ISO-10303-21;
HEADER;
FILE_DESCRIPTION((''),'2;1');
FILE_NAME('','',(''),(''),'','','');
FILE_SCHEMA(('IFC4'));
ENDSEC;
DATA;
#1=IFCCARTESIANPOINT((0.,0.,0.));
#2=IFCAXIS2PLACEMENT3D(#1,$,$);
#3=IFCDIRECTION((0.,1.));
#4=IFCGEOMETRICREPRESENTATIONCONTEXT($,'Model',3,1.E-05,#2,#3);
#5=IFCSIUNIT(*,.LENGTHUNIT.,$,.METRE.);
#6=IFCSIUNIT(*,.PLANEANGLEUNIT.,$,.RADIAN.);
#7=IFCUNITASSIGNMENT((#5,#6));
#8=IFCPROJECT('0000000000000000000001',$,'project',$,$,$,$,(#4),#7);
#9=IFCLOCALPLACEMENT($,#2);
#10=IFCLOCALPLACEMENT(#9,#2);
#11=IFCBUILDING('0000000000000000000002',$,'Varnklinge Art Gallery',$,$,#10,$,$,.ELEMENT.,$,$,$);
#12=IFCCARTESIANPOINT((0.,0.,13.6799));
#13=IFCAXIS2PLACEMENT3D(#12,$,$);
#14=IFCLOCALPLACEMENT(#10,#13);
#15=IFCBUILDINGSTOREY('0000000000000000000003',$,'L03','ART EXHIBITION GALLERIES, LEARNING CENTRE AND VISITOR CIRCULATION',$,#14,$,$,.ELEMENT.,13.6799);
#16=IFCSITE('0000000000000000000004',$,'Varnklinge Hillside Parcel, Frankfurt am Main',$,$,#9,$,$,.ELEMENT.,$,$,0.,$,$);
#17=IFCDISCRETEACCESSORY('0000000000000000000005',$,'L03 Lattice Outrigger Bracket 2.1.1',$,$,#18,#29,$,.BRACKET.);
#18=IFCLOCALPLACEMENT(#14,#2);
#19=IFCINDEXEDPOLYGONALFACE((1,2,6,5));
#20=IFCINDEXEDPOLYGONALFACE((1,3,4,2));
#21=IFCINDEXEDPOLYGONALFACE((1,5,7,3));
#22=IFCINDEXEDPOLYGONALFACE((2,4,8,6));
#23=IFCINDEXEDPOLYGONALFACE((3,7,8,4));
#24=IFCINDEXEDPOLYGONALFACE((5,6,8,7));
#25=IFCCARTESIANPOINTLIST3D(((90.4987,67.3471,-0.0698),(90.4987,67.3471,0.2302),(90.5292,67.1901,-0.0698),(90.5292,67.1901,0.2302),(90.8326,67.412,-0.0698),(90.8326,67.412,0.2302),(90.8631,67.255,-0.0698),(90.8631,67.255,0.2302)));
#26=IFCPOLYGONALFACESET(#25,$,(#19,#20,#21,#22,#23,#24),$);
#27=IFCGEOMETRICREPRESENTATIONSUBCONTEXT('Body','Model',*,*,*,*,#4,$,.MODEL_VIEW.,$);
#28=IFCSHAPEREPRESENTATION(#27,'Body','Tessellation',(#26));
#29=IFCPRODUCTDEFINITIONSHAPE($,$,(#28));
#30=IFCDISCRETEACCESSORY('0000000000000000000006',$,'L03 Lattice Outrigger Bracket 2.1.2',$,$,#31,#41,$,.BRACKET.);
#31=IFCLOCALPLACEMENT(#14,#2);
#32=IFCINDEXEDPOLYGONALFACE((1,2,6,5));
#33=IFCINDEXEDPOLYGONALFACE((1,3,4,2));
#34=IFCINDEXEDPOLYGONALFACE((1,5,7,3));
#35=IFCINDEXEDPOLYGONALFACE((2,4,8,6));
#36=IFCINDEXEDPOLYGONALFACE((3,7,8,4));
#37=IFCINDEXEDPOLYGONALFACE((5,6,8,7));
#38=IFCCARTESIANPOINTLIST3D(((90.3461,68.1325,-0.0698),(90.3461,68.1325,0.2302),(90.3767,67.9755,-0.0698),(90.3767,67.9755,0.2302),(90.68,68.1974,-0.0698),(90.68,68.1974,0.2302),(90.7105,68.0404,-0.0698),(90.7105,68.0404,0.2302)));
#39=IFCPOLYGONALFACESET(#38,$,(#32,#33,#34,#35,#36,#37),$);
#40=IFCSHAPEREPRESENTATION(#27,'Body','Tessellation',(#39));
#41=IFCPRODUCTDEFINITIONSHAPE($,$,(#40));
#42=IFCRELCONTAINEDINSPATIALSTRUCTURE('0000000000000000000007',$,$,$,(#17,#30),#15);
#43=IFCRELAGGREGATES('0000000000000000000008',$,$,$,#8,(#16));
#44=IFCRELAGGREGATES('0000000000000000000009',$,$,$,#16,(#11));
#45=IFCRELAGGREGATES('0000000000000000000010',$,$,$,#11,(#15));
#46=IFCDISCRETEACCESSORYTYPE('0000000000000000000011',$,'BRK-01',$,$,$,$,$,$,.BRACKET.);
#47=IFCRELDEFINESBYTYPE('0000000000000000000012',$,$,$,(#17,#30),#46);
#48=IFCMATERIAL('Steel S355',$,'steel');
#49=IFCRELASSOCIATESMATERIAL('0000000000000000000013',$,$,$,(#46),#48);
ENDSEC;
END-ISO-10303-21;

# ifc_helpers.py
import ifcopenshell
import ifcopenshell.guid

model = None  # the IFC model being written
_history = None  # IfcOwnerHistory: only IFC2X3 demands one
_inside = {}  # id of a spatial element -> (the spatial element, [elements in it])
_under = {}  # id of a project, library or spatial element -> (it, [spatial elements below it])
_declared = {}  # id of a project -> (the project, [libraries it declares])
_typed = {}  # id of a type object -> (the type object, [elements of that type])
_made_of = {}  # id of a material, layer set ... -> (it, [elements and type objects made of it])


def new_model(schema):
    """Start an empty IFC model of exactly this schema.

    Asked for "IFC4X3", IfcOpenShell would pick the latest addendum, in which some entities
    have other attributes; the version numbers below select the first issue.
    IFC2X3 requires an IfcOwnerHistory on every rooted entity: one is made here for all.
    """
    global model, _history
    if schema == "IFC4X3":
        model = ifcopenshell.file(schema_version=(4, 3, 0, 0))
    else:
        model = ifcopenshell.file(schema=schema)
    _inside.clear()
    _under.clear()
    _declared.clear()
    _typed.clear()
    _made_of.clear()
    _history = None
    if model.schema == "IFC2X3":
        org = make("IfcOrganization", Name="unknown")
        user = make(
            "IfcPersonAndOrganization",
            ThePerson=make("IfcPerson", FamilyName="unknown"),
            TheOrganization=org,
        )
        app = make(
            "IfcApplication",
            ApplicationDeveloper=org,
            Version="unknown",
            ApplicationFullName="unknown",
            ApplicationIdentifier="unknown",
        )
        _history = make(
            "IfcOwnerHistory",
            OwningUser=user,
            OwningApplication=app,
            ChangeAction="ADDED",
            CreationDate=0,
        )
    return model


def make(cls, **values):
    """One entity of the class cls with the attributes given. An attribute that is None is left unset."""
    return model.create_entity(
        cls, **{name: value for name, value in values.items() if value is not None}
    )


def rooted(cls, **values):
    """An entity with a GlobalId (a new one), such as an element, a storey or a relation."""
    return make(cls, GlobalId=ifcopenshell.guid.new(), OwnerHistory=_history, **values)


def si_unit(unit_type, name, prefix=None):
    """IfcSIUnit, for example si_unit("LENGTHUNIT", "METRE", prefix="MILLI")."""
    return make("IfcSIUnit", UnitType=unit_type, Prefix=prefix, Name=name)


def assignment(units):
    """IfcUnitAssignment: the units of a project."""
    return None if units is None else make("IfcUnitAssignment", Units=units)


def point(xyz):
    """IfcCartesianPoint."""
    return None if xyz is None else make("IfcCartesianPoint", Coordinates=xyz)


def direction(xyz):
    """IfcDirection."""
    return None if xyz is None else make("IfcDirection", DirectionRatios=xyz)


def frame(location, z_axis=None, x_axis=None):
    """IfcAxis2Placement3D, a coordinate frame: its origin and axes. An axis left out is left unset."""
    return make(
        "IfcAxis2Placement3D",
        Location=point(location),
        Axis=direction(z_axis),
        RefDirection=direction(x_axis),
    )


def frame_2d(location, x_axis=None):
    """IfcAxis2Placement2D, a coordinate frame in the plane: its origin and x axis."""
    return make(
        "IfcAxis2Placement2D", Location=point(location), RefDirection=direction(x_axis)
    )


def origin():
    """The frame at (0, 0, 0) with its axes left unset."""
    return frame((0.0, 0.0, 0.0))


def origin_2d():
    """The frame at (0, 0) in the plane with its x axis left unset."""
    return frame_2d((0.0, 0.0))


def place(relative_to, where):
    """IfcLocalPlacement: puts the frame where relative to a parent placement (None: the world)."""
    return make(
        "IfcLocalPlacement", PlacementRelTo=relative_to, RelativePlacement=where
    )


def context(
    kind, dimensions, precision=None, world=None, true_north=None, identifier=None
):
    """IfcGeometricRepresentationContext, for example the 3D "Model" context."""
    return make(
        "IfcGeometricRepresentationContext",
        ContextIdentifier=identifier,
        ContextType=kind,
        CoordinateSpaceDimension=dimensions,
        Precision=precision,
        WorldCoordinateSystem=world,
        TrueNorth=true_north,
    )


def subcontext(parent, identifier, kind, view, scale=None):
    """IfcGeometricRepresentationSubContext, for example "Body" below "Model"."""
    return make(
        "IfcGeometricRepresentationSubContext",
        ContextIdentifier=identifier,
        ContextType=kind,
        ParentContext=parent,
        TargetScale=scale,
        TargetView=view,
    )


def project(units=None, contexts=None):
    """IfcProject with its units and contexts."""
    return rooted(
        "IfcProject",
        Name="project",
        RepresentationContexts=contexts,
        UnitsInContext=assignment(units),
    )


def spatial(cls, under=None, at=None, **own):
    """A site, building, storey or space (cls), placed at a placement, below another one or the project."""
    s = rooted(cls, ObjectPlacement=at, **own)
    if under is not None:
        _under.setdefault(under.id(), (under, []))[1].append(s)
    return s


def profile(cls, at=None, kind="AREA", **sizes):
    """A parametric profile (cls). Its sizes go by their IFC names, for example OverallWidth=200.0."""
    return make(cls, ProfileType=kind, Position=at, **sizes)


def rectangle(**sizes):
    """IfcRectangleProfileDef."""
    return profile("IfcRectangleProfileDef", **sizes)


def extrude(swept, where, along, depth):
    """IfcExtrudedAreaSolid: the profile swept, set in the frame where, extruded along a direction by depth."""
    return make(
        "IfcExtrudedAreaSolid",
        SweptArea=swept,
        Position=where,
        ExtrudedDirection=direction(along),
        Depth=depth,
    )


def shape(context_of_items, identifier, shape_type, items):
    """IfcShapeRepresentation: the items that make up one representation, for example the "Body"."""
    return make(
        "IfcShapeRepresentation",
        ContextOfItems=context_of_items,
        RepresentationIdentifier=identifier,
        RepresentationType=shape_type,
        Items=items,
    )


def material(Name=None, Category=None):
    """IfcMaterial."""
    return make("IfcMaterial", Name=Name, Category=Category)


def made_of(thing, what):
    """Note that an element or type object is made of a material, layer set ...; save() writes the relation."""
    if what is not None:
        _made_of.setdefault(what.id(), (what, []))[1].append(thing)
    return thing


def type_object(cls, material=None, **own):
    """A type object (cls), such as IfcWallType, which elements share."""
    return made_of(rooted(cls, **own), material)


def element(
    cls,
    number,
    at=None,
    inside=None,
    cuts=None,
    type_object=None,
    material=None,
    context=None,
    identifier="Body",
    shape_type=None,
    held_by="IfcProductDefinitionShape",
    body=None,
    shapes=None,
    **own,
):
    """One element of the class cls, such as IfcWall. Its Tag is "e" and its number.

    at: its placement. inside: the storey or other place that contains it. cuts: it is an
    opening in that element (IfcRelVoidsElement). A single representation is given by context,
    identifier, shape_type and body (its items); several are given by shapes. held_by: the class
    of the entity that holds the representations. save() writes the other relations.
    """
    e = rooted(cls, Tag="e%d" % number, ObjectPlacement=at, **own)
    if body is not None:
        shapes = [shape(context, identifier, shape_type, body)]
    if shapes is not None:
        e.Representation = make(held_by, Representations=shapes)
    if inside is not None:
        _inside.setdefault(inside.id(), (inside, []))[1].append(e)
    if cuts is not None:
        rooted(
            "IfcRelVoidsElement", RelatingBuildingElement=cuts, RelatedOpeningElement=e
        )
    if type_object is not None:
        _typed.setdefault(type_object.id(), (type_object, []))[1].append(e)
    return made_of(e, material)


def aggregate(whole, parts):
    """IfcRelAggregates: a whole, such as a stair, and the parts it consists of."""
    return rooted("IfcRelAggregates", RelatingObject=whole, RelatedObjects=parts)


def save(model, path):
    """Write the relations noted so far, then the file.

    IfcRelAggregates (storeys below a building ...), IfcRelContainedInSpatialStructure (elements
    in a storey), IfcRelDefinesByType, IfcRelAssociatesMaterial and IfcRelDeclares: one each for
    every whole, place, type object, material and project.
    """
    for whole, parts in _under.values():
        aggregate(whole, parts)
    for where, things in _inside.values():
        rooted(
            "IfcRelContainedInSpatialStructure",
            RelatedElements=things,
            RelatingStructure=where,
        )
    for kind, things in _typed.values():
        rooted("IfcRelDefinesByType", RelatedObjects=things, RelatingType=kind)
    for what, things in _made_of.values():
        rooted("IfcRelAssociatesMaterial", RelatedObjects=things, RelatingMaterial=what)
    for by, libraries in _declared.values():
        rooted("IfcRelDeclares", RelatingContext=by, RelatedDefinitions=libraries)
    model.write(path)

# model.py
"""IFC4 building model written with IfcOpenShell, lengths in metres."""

from ifc_helpers import new_model, si_unit, direction, frame, origin, origin_2d, place, context, subcontext, project, spatial, rectangle, extrude, material, type_object, element, save


model = new_model("IFC4")

# Units and contexts
model_context = context("Model", 3, precision=1e-05, world=origin(), true_north=direction((0.0, 1.0)))
body_context = subcontext(model_context, "Body", "Model", "MODEL_VIEW")
ifc_project = project(units=[si_unit("LENGTHUNIT", "METRE"), si_unit("PLANEANGLEUNIT", "RADIAN")], contexts=[model_context])

# Site, building, storey
site_placement = place(None, origin())
site = spatial("IfcSite", under=ifc_project, at=site_placement, Name="Varnklinge Hillside Parcel, Frankfurt am Main", CompositionType="ELEMENT", RefElevation=0.0)
building_placement = place(site_placement, origin())
building = spatial("IfcBuilding", under=site, at=building_placement, Name="Varnklinge Art Gallery", CompositionType="ELEMENT")
storey_placement = place(building_placement, frame((0.0, 0.0, 13.6799)))
storey = spatial("IfcBuildingStorey", under=building, at=storey_placement, Name="L03", Description="ART EXHIBITION GALLERIES, LEARNING CENTRE AND VISITOR CIRCULATION", CompositionType="ELEMENT", Elevation=13.6799)

# Discrete accessories
ifc_material_1 = material(Name="Steel S355", Category="steel")
discrete_accessory_type = type_object("IfcDiscreteAccessoryType", Name="BRK-01", PredefinedType="BRACKET", material=ifc_material_1)
for number, where, z_axis, x_axis, name in (
    (1, (90.6809, 67.301, -0.0698), (0.0, 0.0, 1.0), (-0.190809, 0.981627, 0.0), "L03 Lattice Outrigger Bracket 2.1.1"),
    (2, (90.5283, 68.0864, -0.0698), (0.0, 0.0, 1.0), (-0.190809, 0.981627, 0.0), "L03 Lattice Outrigger Bracket 2.1.2"),
):
    element("IfcDiscreteAccessory", number, at=place(storey_placement, frame(where, z_axis=z_axis, x_axis=x_axis)), inside=storey, type_object=discrete_accessory_type, Name=name, PredefinedType="BRACKET", context=body_context, shape_type="SweptSolid", body=[
        extrude(rectangle(XDim=0.1599, YDim=0.3401, at=origin_2d()), origin(), (0.0, 0.0, 1.0), 0.3),
    ])

save(model, "model.ifc")
